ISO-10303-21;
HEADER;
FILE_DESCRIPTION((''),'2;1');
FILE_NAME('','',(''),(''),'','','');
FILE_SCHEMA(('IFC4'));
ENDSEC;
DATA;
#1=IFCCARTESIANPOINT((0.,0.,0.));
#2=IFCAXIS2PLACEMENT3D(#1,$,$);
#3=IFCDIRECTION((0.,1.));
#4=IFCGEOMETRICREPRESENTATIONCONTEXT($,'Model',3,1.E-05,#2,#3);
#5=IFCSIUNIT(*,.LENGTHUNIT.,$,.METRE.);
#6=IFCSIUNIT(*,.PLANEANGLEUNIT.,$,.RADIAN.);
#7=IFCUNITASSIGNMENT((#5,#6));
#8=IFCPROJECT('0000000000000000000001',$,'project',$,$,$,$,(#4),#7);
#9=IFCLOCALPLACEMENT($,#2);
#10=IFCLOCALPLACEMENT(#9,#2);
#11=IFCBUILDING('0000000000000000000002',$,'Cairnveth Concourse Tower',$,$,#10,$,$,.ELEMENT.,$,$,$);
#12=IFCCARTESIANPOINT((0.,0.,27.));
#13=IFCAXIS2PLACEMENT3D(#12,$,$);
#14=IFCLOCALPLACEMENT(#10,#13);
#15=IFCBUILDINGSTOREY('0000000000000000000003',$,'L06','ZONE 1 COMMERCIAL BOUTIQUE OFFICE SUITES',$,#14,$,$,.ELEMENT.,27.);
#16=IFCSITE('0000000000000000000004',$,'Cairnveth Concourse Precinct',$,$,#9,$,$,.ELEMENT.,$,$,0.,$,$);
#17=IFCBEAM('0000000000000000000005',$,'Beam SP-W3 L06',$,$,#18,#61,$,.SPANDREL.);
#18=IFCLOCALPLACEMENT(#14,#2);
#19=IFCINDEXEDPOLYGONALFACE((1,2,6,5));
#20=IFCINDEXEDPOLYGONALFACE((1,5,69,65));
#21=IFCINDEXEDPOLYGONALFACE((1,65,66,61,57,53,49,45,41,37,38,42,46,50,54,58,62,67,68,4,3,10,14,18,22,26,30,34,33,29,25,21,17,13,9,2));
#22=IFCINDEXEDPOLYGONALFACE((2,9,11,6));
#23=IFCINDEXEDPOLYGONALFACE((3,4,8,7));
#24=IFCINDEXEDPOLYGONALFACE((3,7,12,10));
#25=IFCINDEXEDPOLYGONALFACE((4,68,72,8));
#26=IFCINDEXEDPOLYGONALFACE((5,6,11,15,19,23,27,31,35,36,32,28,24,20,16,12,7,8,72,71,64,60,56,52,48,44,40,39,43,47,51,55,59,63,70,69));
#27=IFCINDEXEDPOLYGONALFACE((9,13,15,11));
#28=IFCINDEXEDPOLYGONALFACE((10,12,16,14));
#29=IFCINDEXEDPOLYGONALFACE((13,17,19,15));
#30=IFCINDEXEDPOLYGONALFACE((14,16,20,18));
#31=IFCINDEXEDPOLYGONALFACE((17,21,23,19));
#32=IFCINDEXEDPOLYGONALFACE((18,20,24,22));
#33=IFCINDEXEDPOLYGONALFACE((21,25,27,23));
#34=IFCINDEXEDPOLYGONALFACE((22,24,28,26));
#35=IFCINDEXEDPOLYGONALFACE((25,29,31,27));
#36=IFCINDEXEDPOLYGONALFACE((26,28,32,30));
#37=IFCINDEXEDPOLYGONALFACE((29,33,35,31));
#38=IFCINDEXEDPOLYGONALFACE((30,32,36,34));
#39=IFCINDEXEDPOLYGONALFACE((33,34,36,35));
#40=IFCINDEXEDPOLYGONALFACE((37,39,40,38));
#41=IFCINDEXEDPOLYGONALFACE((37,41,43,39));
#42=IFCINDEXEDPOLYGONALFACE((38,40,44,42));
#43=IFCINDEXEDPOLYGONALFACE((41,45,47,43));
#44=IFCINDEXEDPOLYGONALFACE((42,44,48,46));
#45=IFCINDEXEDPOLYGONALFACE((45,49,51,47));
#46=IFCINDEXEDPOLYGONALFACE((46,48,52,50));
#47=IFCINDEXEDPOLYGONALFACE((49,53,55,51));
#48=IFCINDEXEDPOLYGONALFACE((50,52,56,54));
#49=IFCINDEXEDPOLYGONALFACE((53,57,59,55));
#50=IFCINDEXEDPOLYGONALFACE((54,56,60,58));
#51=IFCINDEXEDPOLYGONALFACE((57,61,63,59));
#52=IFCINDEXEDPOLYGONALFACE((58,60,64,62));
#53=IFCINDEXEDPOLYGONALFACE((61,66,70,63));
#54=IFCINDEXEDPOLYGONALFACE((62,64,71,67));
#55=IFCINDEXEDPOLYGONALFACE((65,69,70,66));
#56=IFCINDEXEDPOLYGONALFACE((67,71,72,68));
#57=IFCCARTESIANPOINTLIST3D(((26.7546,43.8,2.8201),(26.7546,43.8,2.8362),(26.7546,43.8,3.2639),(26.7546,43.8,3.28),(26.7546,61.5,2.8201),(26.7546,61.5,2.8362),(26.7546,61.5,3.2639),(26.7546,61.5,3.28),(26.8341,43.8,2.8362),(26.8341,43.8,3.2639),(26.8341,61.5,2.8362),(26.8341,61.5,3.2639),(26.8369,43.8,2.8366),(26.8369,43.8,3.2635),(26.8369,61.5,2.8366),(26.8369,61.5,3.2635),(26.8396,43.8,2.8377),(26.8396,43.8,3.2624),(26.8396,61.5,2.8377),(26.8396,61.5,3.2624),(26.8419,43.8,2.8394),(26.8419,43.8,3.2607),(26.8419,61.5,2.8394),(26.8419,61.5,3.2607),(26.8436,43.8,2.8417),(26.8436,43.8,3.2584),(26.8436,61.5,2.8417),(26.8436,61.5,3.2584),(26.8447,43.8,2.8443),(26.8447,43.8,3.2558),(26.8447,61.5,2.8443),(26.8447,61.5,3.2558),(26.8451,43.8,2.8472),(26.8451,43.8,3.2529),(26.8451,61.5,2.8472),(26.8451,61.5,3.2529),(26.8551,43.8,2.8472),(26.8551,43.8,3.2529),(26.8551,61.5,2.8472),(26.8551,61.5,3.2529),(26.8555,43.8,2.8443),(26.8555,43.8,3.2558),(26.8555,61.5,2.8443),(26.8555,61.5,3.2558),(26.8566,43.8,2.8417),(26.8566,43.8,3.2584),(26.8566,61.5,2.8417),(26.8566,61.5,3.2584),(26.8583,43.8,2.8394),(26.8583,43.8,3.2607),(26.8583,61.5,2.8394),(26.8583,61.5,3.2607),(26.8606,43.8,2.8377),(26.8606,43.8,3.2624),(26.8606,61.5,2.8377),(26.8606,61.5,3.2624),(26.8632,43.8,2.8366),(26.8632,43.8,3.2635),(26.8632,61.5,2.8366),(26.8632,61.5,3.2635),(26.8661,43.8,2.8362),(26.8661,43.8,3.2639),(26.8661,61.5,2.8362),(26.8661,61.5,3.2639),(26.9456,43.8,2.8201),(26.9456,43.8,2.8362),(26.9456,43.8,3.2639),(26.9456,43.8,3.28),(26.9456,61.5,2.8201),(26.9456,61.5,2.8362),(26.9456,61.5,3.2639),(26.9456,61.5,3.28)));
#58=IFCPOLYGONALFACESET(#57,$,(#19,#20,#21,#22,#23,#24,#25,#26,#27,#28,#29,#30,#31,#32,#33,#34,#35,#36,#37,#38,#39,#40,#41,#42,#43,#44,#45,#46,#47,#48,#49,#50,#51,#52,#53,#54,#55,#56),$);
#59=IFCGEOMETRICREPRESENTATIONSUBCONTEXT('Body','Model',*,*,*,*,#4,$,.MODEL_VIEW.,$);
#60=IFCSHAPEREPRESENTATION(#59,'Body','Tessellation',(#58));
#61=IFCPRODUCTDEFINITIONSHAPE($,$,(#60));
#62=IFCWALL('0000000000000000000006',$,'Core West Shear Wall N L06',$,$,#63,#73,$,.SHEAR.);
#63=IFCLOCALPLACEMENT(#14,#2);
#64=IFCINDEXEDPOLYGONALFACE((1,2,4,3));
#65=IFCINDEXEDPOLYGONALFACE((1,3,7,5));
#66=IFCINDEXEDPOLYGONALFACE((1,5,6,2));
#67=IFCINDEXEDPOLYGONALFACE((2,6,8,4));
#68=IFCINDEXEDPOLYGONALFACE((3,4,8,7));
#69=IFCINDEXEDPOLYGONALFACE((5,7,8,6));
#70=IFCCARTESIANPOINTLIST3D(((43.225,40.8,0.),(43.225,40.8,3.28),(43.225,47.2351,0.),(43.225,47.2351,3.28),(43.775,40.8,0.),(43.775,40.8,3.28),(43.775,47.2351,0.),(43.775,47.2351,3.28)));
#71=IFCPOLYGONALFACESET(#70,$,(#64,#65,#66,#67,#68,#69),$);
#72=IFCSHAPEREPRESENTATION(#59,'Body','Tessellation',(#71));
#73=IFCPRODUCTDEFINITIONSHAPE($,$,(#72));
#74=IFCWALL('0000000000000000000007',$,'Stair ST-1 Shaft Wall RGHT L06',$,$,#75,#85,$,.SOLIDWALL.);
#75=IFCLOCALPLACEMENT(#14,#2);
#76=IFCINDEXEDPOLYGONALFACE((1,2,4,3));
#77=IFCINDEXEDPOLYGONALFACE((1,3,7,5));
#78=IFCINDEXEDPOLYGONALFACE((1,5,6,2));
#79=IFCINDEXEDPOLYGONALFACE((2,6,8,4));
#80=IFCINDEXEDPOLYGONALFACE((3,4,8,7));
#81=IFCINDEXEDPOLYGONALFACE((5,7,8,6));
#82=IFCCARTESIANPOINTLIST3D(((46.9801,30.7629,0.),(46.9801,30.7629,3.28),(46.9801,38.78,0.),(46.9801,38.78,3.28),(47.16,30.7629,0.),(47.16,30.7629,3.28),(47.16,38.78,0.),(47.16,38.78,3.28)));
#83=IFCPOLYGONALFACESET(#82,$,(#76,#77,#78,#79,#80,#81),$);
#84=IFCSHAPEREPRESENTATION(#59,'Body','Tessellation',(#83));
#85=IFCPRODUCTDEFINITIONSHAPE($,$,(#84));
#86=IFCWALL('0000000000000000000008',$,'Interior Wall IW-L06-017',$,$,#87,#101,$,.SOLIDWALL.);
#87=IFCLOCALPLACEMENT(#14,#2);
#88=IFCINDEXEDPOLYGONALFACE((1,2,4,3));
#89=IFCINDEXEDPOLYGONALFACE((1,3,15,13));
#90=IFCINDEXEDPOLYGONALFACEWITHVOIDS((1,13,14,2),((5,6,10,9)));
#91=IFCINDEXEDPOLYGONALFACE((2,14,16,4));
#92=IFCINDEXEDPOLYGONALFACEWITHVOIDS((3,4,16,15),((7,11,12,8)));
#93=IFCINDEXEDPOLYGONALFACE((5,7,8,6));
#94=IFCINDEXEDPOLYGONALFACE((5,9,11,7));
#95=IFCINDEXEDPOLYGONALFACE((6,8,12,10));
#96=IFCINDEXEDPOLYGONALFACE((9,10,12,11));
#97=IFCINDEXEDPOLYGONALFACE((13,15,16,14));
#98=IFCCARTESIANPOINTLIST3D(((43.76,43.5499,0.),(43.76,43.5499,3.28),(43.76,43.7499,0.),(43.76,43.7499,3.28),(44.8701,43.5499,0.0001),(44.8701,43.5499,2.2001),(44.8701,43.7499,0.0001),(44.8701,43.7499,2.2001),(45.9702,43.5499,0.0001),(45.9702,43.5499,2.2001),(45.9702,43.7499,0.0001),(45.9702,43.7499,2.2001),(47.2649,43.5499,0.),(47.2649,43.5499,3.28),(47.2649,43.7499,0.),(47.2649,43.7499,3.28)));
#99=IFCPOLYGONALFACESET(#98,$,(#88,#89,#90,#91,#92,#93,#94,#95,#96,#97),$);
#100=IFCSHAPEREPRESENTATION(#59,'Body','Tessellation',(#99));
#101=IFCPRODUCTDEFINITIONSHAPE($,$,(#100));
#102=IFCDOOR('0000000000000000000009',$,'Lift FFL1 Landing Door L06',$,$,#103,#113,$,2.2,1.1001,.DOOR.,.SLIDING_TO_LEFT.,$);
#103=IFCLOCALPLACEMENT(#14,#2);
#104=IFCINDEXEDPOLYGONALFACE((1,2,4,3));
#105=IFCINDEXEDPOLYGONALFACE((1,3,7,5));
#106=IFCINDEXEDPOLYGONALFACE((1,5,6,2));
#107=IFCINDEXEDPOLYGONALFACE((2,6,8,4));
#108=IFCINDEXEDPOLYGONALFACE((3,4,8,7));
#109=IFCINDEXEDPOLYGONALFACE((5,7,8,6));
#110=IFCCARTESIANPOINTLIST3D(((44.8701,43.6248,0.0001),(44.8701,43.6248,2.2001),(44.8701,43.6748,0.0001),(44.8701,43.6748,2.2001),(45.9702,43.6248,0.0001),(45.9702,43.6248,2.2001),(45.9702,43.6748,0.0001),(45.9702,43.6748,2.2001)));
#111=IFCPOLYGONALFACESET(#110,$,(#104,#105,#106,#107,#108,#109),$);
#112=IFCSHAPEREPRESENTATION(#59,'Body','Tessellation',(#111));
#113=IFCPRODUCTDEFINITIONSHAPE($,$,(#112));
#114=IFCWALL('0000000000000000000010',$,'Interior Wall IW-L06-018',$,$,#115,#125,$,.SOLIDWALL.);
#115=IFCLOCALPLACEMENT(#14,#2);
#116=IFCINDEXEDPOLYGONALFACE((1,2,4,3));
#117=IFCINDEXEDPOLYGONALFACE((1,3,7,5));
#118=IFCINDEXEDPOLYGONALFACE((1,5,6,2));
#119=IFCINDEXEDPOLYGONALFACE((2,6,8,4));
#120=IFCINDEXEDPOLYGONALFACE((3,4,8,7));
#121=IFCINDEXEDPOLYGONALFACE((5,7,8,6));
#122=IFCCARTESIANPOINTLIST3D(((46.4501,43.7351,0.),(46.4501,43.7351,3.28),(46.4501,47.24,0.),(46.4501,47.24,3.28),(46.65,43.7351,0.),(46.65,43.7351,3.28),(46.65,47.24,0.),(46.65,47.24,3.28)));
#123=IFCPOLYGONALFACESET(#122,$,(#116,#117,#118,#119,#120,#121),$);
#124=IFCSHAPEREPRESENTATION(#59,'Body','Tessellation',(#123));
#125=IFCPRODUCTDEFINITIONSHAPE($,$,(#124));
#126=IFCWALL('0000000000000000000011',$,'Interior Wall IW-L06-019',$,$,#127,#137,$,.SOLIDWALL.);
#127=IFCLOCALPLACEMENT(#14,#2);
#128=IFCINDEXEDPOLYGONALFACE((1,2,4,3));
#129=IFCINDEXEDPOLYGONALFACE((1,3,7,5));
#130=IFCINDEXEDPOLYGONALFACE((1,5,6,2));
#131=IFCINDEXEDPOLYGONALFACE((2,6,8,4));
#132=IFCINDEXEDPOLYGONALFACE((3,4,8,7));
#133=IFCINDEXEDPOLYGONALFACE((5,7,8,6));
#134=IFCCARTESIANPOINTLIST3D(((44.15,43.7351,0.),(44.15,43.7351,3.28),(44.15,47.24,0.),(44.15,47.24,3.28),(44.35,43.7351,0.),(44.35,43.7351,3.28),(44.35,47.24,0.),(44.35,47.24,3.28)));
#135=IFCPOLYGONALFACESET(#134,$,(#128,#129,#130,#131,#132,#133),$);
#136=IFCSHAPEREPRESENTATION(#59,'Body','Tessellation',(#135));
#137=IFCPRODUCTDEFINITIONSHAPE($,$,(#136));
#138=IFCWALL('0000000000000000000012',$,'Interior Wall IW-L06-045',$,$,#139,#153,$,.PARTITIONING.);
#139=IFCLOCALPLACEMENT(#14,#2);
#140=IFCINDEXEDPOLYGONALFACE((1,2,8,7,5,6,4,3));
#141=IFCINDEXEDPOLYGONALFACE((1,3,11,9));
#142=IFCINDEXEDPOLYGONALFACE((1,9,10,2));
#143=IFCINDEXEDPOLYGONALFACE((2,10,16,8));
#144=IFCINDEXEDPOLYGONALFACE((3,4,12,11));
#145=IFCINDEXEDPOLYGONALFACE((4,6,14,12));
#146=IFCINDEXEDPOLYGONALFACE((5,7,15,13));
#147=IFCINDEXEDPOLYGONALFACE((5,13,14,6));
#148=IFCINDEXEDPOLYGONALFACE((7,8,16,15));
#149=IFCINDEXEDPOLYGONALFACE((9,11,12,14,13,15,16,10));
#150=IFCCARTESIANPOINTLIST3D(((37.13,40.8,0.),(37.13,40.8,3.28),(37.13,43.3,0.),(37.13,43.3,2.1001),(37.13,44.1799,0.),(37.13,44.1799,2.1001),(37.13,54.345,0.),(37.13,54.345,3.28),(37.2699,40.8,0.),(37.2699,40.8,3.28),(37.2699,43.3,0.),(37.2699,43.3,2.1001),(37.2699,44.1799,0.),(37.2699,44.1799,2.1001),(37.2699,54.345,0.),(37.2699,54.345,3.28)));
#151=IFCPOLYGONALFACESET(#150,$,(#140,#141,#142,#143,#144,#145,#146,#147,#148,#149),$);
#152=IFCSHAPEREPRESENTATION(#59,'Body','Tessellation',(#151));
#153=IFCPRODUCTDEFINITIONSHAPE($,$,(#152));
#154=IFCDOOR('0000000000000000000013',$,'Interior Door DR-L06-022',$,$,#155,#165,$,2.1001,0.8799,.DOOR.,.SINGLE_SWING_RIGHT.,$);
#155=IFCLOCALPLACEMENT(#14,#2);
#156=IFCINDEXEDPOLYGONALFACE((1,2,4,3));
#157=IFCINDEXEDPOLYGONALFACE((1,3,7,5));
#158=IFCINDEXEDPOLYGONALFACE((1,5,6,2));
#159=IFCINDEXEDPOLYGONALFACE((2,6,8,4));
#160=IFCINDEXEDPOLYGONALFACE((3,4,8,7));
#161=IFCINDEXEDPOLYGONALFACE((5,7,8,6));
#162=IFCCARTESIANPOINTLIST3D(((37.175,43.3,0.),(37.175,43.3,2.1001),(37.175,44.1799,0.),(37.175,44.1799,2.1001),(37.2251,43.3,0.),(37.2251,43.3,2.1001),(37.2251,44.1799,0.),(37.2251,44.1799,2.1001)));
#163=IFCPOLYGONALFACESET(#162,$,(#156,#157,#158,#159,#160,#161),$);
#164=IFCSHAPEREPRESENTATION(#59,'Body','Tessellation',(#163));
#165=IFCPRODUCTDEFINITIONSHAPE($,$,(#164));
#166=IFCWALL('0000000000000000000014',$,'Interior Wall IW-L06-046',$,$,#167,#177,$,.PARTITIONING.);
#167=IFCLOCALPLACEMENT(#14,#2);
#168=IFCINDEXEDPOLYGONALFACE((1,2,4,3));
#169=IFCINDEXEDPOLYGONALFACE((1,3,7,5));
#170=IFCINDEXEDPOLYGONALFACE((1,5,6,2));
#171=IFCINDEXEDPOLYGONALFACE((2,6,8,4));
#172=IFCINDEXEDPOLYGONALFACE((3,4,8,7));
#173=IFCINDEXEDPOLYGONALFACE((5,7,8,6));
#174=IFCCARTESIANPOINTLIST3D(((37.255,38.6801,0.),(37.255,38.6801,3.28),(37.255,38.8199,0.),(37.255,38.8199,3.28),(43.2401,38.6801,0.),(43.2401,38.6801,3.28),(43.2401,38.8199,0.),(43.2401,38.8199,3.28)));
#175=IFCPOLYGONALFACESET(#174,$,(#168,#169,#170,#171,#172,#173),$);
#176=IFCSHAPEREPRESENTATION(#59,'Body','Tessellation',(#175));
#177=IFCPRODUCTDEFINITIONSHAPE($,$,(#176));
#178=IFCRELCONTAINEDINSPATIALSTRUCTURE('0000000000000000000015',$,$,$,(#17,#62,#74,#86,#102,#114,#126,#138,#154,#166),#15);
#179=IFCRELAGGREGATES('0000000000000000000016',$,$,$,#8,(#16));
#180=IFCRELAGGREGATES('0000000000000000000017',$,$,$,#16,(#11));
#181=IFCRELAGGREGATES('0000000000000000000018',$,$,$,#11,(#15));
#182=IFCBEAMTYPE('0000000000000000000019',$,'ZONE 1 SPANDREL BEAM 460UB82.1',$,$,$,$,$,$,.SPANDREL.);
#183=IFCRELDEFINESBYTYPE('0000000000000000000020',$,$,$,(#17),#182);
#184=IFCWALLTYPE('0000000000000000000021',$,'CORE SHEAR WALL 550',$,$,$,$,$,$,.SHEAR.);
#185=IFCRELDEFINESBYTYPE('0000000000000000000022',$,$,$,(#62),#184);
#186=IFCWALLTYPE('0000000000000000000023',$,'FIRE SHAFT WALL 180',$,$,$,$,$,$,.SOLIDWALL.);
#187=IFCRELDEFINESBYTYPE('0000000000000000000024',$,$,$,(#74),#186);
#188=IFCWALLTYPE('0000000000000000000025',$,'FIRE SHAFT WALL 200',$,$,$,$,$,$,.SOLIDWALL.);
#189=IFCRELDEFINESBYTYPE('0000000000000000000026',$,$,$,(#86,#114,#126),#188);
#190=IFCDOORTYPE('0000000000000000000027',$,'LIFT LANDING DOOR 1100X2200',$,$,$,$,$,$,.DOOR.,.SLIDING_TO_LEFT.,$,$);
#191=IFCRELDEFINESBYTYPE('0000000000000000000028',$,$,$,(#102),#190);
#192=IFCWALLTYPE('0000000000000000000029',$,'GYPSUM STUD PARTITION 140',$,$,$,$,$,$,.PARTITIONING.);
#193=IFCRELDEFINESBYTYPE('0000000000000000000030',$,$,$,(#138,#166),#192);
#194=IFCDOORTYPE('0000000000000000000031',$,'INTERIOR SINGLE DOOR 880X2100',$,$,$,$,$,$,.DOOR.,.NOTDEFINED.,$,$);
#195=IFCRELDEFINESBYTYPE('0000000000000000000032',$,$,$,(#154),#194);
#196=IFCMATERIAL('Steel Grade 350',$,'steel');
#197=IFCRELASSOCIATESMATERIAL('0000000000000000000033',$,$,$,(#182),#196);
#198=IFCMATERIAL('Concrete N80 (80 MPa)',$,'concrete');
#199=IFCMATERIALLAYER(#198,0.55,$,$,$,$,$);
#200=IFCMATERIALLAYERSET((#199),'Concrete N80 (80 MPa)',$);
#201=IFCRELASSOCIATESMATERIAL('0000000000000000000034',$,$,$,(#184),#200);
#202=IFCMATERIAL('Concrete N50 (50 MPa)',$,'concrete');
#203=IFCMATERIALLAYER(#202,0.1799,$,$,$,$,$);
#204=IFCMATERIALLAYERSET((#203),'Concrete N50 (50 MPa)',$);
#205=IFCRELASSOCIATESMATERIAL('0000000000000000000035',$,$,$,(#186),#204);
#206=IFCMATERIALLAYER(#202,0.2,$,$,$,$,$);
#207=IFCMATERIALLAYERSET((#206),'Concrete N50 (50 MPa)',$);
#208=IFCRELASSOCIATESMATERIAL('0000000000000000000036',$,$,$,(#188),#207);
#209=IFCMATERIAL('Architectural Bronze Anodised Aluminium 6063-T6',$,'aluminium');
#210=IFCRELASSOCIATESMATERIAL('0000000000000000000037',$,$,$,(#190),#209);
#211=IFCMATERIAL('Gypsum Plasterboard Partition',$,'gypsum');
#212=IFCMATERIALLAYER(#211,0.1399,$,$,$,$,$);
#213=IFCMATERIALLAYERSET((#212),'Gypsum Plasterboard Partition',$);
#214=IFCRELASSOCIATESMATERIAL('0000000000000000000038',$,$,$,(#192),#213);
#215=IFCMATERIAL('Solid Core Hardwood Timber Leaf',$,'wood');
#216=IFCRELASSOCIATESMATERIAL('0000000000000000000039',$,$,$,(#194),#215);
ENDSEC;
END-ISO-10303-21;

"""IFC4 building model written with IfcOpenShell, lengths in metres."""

from ifc_helpers import new_model, si_unit, direction, frame, frame_2d, origin, origin_2d, place, context, subcontext, project, spatial, rectangle, i_section, extrude, material, layer, layer_set, material_profile, profile_set, type_object, element, fill, save


model = new_model("IFC4")

# Units and contexts
model_context = context("Model", 3, precision=1e-05, world=origin(), true_north=direction((0.0, 1.0)))
body_context = subcontext(model_context, "Body", "Model", "MODEL_VIEW")
ifc_project = project(units=[si_unit("LENGTHUNIT", "METRE"), si_unit("PLANEANGLEUNIT", "RADIAN")], contexts=[model_context])

# Site, building, storey
site_placement = place(None, origin())
site = spatial("IfcSite", under=ifc_project, at=site_placement, Name="Cairnveth Concourse Precinct", CompositionType="ELEMENT", RefElevation=0.0)
building_placement = place(site_placement, origin())
building = spatial("IfcBuilding", under=site, at=building_placement, Name="Cairnveth Concourse Tower", CompositionType="ELEMENT")
storey_placement = place(building_placement, frame((0.0, 0.0, 27.0)))
storey = spatial("IfcBuildingStorey", under=building, at=storey_placement, Name="L06", Description="ZONE 1 COMMERCIAL BOUTIQUE OFFICE SUITES", CompositionType="ELEMENT", Elevation=27.0)

# Shared definitions
ifc_material_1 = material(Name="Concrete N80 (80 MPa)", Category="concrete")

# Beam
ifc_material_2 = material(Name="Steel Grade 350", Category="steel")
ifc_material_profile_1 = material_profile(ifc_material_2, i_section(OverallWidth=0.1909, OverallDepth=0.46, WebThickness=0.01, FlangeThickness=0.0161, FilletRadius=0.011, at=origin_2d()), Name="460UB82.1")
ifc_profile_set_1 = profile_set([ifc_material_profile_1], Name="Steel Grade 350")
beam_type_1 = type_object("IfcBeamType", Name="ZONE 1 SPANDREL BEAM 460UB82.1", PredefinedType="SPANDREL", material=ifc_profile_set_1)
beam_1_placement = place(storey_placement, frame((26.8501, 43.8, 3.05), z_axis=(0.0, 1.0, 0.0), x_axis=(-1.0, 0.0, 0.0)))
element("IfcBeam", 1, at=beam_1_placement, inside=storey, type_object=beam_type_1, Name="Beam SP-W3 L06", PredefinedType="SPANDREL", context=body_context, shape_type="SweptSolid", body=[
    extrude(i_section(OverallWidth=0.1909, OverallDepth=0.46, WebThickness=0.01, FlangeThickness=0.0161, FilletRadius=0.011, at=origin_2d()), origin(), (0.0, 0.0, 1.0), 17.7),
])

# Wall
ifc_layer_1 = layer(ifc_material_1, 0.55)
ifc_layer_set_1 = layer_set([ifc_layer_1], Name="Concrete N80 (80 MPa)")
wall_type_1 = type_object("IfcWallType", Name="CORE SHEAR WALL 550", PredefinedType="SHEAR", material=ifc_layer_set_1)
wall_1_placement = place(storey_placement, frame((43.5, 40.8, 0.0), z_axis=(0.0, 0.0, 1.0), x_axis=(0.0, 1.0, 0.0)))
element("IfcWall", 2, at=wall_1_placement, inside=storey, type_object=wall_type_1, Name="Core West Shear Wall N L06", PredefinedType="SHEAR", context=body_context, shape_type="SweptSolid", body=[
    extrude(rectangle(XDim=6.4351, YDim=0.55, at=frame_2d((3.2175, 0.0))), origin(), (0.0, 0.0, 1.0), 3.28),
])

# Shared definitions
ifc_material_3 = material(Name="Concrete N50 (50 MPa)", Category="concrete")
ifc_layer_2 = layer(ifc_material_3, 0.1799)
ifc_layer_set_2 = layer_set([ifc_layer_2], Name="Concrete N50 (50 MPa)")
wall_type_2 = type_object("IfcWallType", Name="FIRE SHAFT WALL 180", PredefinedType="SOLIDWALL", material=ifc_layer_set_2)

# Wall
wall_2_placement = place(storey_placement, frame((47.0701, 38.78, 0.0), z_axis=(0.0, 0.0, 1.0), x_axis=(0.0, -1.0, 0.0)))
element("IfcWall", 3, at=wall_2_placement, inside=storey, type_object=wall_type_2, Name="Stair ST-1 Shaft Wall RGHT L06", PredefinedType="SOLIDWALL", context=body_context, shape_type="SweptSolid", body=[
    extrude(rectangle(XDim=8.0171, YDim=0.1799, at=frame_2d((4.0085, 0.0))), origin(), (0.0, 0.0, 1.0), 3.28),
])

# Wall, opening, door
ifc_layer_3 = layer(ifc_material_3, 0.2)
ifc_layer_set_3 = layer_set([ifc_layer_3], Name="Concrete N50 (50 MPa)")
wall_type_3 = type_object("IfcWallType", Name="FIRE SHAFT WALL 200", PredefinedType="SOLIDWALL", material=ifc_layer_set_3)
wall_3_placement = place(storey_placement, frame((43.76, 43.6499, 0.0), z_axis=(0.0, 0.0, 1.0), x_axis=(1.0, 0.0, 0.0)))
wall_3 = element("IfcWall", 4, at=wall_3_placement, inside=storey, type_object=wall_type_3, Name="Interior Wall IW-L06-017", PredefinedType="SOLIDWALL", context=body_context, shape_type="SweptSolid", body=[
    extrude(rectangle(XDim=3.5049, YDim=0.2, at=frame_2d((1.7524, 0.0))), origin(), (0.0, 0.0, 1.0), 3.28),
])
opening_1_placement = place(wall_3_placement, frame((1.1101, 0.0, 0.0)))
opening_1 = element("IfcOpeningElement", 5, at=opening_1_placement, cuts=wall_3, PredefinedType="OPENING", context=body_context, shape_type="SweptSolid", body=[
    extrude(rectangle(XDim=1.1001, YDim=2.2, at=frame_2d((0.55, 1.1001))), frame((0.0, 0.1099, 0.0), z_axis=(0.0, -1.0, 0.0), x_axis=(1.0, 0.0, 0.0)), (0.0, 0.0, 1.0), 0.22),
])
ifc_material_4 = material(Name="Architectural Bronze Anodised Aluminium 6063-T6", Category="aluminium")
door_type_1 = type_object("IfcDoorType", Name="LIFT LANDING DOOR 1100X2200", OperationType="SLIDING_TO_LEFT", PredefinedType="DOOR", material=ifc_material_4)
door_1_placement = place(opening_1_placement, origin())
door_1 = element("IfcDoor", 6, at=door_1_placement, inside=storey, type_object=door_type_1, Name="Lift FFL1 Landing Door L06", OperationType="SLIDING_TO_LEFT", OverallHeight=2.2, OverallWidth=1.1001, PredefinedType="DOOR", context=body_context, shape_type="SweptSolid", body=[
    extrude(rectangle(XDim=1.1001, YDim=2.2, at=frame_2d((0.55, 1.1001))), frame((0.0, 0.0249, 0.0), z_axis=(0.0, -1.0, 0.0), x_axis=(1.0, 0.0, 0.0)), (0.0, 0.0, 1.0), 0.05),
])
fill(opening_1, door_1)

# Walls
for number, where, z_axis, x_axis, name in (
    (7, (46.55, 43.7351, 0.0), (0.0, 0.0, 1.0), (0.0, 1.0, 0.0), "Interior Wall IW-L06-018"),
    (8, (44.25, 43.7351, 0.0), (0.0, 0.0, 1.0), (0.0, 1.0, 0.0), "Interior Wall IW-L06-019"),
):
    element("IfcWall", number, at=place(storey_placement, frame(where, z_axis=z_axis, x_axis=x_axis)), inside=storey, type_object=wall_type_3, Name=name, PredefinedType="SOLIDWALL", context=body_context, shape_type="SweptSolid", body=[
        extrude(rectangle(XDim=3.5049, YDim=0.2, at=frame_2d((1.7524, 0.0))), origin(), (0.0, 0.0, 1.0), 3.28),
    ])

# Wall, opening, door
ifc_material_5 = material(Name="Gypsum Plasterboard Partition", Category="gypsum")
ifc_layer_4 = layer(ifc_material_5, 0.1399)
ifc_layer_set_4 = layer_set([ifc_layer_4], Name="Gypsum Plasterboard Partition")
wall_type_4 = type_object("IfcWallType", Name="GYPSUM STUD PARTITION 140", PredefinedType="PARTITIONING", material=ifc_layer_set_4)
wall_4_placement = place(storey_placement, frame((37.2, 40.8, 0.0), z_axis=(0.0, 0.0, 1.0), x_axis=(0.0, 1.0, 0.0)))
wall_4 = element("IfcWall", 9, at=wall_4_placement, inside=storey, type_object=wall_type_4, Name="Interior Wall IW-L06-045", PredefinedType="PARTITIONING", context=body_context, shape_type="SweptSolid", body=[
    extrude(rectangle(XDim=13.5449, YDim=0.1399, at=frame_2d((6.7725, 0.0))), origin(), (0.0, 0.0, 1.0), 3.28),
])
opening_2_placement = place(wall_4_placement, frame((2.5, 0.0, 0.0)))
opening_2 = element("IfcOpeningElement", 10, at=opening_2_placement, cuts=wall_4, PredefinedType="OPENING", context=body_context, shape_type="SweptSolid", body=[
    extrude(rectangle(XDim=0.8799, YDim=2.1001, at=frame_2d((0.4399, 1.05))), frame((0.0, 0.0798, 0.0), z_axis=(0.0, -1.0, 0.0), x_axis=(1.0, 0.0, 0.0)), (0.0, 0.0, 1.0), 0.1599),
])
ifc_material_6 = material(Name="Solid Core Hardwood Timber Leaf", Category="wood")
door_type_2 = type_object("IfcDoorType", Name="INTERIOR SINGLE DOOR 880X2100", OperationType="NOTDEFINED", PredefinedType="DOOR", material=ifc_material_6)
door_2_placement = place(opening_2_placement, origin())
door_2 = element("IfcDoor", 11, at=door_2_placement, inside=storey, type_object=door_type_2, Name="Interior Door DR-L06-022", OperationType="SINGLE_SWING_RIGHT", OverallHeight=2.1001, OverallWidth=0.8799, PredefinedType="DOOR", context=body_context, shape_type="SweptSolid", body=[
    extrude(rectangle(XDim=0.8799, YDim=2.1001, at=frame_2d((0.4399, 1.05))), frame((0.0, 0.0249, 0.0), z_axis=(0.0, -1.0, 0.0), x_axis=(1.0, 0.0, 0.0)), (0.0, 0.0, 1.0), 0.05),
])
fill(opening_2, door_2)

# Wall
for number, where, z_axis, x_axis, name in (
    (12, (37.2549, 38.75, 0.0), (0.0, 0.0, 1.0), (1.0, 0.0, 0.0), "Interior Wall IW-L06-046"),
):
    element("IfcWall", number, at=place(storey_placement, frame(where, z_axis=z_axis, x_axis=x_axis)), inside=storey, type_object=wall_type_4, Name=name, PredefinedType="PARTITIONING", context=body_context, shape_type="SweptSolid", body=[
        extrude(rectangle(XDim=5.9851, YDim=0.1399, at=frame_2d((2.9927, 0.0))), origin(), (0.0, 0.0, 1.0), 3.28),
    ])

save(model, "model.ifc")
